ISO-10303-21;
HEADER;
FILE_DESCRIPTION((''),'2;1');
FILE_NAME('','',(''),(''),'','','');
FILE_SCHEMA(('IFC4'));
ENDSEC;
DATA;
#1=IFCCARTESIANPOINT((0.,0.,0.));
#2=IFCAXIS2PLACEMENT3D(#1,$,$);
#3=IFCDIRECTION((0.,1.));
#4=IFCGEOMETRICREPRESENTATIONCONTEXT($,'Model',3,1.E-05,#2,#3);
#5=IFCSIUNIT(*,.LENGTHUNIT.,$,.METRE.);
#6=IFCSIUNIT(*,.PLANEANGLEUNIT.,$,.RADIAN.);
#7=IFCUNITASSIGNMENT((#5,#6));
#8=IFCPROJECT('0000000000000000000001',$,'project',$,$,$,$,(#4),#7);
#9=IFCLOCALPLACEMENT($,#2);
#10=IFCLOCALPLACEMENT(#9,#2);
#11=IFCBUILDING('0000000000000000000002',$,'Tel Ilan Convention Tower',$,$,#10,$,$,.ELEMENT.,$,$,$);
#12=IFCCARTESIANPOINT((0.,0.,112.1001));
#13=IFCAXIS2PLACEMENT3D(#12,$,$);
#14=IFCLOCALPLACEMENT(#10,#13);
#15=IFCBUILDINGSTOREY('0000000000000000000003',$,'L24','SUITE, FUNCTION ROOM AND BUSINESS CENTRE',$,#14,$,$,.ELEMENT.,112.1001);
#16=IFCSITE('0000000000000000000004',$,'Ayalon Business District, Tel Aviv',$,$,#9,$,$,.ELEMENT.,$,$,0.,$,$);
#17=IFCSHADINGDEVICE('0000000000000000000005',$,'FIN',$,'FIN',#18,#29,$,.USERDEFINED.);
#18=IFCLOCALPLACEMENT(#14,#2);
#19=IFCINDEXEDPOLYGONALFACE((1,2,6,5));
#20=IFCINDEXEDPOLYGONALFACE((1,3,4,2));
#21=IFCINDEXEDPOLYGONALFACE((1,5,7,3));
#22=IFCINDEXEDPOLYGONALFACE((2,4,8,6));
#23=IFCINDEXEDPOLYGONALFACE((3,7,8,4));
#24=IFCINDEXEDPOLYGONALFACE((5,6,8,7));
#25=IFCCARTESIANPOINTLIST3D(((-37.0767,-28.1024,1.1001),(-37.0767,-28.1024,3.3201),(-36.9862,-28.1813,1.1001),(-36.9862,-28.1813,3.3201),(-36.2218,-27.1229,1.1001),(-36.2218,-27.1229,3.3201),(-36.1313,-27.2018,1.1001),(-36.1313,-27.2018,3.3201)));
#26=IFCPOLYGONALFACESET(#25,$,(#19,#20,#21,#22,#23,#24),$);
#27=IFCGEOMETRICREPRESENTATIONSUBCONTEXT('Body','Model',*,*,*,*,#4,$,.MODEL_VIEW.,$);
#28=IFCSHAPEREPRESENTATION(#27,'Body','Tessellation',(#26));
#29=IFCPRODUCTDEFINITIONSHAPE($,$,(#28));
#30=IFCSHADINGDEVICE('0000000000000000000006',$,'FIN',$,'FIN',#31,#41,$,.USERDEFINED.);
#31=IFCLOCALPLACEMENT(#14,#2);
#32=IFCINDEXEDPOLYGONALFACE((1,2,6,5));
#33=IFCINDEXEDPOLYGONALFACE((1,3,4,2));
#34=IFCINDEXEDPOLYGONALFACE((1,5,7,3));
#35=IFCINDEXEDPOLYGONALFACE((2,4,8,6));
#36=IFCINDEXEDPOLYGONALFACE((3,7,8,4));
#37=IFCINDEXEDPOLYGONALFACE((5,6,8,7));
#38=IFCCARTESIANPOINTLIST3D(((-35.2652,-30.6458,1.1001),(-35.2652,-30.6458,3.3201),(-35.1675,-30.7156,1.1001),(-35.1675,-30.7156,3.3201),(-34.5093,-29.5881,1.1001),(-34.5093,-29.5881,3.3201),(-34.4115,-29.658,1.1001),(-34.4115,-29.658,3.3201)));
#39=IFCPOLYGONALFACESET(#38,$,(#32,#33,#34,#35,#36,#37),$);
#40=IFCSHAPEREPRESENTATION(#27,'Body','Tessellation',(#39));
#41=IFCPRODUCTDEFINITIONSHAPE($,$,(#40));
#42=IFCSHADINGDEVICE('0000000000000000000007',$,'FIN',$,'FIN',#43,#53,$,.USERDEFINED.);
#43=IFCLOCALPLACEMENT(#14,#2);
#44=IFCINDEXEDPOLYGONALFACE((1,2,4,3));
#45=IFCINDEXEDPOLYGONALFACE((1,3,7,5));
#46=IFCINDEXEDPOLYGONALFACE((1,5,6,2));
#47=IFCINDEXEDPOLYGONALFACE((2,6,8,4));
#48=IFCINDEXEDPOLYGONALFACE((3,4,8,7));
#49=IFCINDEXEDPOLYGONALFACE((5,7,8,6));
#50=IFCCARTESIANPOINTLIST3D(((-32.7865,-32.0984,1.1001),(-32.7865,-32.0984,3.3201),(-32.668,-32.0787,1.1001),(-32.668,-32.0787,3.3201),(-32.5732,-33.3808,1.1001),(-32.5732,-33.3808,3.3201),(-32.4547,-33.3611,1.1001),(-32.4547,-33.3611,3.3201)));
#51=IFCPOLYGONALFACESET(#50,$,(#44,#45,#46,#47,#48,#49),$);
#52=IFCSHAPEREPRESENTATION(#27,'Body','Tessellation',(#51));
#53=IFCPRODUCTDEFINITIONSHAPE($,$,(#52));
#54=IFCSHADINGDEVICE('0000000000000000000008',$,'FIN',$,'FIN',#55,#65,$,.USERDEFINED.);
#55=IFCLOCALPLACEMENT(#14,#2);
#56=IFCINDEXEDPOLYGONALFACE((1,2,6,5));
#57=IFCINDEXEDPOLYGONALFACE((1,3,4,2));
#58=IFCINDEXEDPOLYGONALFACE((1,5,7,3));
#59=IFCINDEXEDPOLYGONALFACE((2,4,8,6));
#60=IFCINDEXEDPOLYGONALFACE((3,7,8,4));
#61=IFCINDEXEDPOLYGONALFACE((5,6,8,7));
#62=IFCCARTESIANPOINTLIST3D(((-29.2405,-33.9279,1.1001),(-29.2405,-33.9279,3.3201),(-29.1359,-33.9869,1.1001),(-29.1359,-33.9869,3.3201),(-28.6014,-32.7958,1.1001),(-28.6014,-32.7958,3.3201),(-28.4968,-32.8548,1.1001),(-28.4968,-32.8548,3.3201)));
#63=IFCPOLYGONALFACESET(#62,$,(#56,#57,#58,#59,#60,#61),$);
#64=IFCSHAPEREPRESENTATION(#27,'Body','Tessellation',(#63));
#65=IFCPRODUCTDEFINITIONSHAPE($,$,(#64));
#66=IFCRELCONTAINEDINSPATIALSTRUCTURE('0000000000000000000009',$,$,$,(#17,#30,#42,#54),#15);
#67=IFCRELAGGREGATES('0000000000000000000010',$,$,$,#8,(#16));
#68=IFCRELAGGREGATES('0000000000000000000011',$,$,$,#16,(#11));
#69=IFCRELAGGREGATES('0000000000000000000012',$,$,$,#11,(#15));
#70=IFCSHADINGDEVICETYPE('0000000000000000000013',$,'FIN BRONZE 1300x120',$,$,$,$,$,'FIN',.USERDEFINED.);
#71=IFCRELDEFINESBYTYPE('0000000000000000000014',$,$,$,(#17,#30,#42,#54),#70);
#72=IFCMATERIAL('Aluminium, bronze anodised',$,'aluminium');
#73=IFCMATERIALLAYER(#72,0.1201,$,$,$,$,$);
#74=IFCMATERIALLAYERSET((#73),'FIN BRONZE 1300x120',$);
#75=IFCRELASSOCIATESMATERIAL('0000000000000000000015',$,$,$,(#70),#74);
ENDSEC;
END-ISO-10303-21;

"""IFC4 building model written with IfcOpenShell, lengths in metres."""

from ifc_helpers import new_model, si_unit, direction, frame, origin, origin_2d, place, context, subcontext, project, spatial, rectangle, extrude, material, layer, layer_set, type_object, element, save


model = new_model("IFC4")

# Units and contexts
model_context = context("Model", 3, precision=1e-05, world=origin(), true_north=direction((0.0, 1.0)))
body_context = subcontext(model_context, "Body", "Model", "MODEL_VIEW")
ifc_project = project(units=[si_unit("LENGTHUNIT", "METRE"), si_unit("PLANEANGLEUNIT", "RADIAN")], contexts=[model_context])

# Site, building, storey
site_placement = place(None, origin())
site = spatial("IfcSite", under=ifc_project, at=site_placement, Name="Ayalon Business District, Tel Aviv", CompositionType="ELEMENT", RefElevation=0.0)
building_placement = place(site_placement, origin())
building = spatial("IfcBuilding", under=site, at=building_placement, Name="Tel Ilan Convention Tower", CompositionType="ELEMENT")
storey_placement = place(building_placement, frame((0.0, 0.0, 112.1001)))
storey = spatial("IfcBuildingStorey", under=building, at=storey_placement, Name="L24", Description="SUITE, FUNCTION ROOM AND BUSINESS CENTRE", CompositionType="ELEMENT", Elevation=112.1001)

# Shading devices
ifc_material_1 = material(Name="Aluminium, bronze anodised", Category="aluminium")
ifc_layer_1 = layer(ifc_material_1, 0.1201)
ifc_layer_set_1 = layer_set([ifc_layer_1], Name="FIN BRONZE 1300x120")
shading_device_type = type_object("IfcShadingDeviceType", Name="FIN BRONZE 1300x120", ElementType="FIN", PredefinedType="USERDEFINED", material=ifc_layer_set_1)
for number, where, z_axis, x_axis, name in (
    (1, (-36.604, -27.6521, 1.1001), (0.0, 0.0, 1.0), (-0.657521, -0.753436, 0.0), "FIN"),
    (2, (-34.8384, -30.1519, 1.1001), (0.0, 0.0, 1.0), (-0.581492, -0.813552, 0.0), "FIN"),
    (3, (-32.6206, -32.7297, 1.1001), (0.0, 0.0, 1.0), (0.164091, -0.986445, 0.0), "FIN"),
    (4, (-28.8687, -33.3914, 1.1001), (0.0, 0.0, 1.0), (-0.491579, -0.870833, 0.0), "FIN"),
):
    element("IfcShadingDevice", number, at=place(storey_placement, frame(where, z_axis=z_axis, x_axis=x_axis)), inside=storey, type_object=shading_device_type, Name=name, ObjectType="FIN", PredefinedType="USERDEFINED", context=body_context, shape_type="SweptSolid", body=[
        extrude(rectangle(XDim=1.3, YDim=0.1201, at=origin_2d()), origin(), (0.0, 0.0, 1.0), 2.22),
    ])

save(model, "model.ifc")
